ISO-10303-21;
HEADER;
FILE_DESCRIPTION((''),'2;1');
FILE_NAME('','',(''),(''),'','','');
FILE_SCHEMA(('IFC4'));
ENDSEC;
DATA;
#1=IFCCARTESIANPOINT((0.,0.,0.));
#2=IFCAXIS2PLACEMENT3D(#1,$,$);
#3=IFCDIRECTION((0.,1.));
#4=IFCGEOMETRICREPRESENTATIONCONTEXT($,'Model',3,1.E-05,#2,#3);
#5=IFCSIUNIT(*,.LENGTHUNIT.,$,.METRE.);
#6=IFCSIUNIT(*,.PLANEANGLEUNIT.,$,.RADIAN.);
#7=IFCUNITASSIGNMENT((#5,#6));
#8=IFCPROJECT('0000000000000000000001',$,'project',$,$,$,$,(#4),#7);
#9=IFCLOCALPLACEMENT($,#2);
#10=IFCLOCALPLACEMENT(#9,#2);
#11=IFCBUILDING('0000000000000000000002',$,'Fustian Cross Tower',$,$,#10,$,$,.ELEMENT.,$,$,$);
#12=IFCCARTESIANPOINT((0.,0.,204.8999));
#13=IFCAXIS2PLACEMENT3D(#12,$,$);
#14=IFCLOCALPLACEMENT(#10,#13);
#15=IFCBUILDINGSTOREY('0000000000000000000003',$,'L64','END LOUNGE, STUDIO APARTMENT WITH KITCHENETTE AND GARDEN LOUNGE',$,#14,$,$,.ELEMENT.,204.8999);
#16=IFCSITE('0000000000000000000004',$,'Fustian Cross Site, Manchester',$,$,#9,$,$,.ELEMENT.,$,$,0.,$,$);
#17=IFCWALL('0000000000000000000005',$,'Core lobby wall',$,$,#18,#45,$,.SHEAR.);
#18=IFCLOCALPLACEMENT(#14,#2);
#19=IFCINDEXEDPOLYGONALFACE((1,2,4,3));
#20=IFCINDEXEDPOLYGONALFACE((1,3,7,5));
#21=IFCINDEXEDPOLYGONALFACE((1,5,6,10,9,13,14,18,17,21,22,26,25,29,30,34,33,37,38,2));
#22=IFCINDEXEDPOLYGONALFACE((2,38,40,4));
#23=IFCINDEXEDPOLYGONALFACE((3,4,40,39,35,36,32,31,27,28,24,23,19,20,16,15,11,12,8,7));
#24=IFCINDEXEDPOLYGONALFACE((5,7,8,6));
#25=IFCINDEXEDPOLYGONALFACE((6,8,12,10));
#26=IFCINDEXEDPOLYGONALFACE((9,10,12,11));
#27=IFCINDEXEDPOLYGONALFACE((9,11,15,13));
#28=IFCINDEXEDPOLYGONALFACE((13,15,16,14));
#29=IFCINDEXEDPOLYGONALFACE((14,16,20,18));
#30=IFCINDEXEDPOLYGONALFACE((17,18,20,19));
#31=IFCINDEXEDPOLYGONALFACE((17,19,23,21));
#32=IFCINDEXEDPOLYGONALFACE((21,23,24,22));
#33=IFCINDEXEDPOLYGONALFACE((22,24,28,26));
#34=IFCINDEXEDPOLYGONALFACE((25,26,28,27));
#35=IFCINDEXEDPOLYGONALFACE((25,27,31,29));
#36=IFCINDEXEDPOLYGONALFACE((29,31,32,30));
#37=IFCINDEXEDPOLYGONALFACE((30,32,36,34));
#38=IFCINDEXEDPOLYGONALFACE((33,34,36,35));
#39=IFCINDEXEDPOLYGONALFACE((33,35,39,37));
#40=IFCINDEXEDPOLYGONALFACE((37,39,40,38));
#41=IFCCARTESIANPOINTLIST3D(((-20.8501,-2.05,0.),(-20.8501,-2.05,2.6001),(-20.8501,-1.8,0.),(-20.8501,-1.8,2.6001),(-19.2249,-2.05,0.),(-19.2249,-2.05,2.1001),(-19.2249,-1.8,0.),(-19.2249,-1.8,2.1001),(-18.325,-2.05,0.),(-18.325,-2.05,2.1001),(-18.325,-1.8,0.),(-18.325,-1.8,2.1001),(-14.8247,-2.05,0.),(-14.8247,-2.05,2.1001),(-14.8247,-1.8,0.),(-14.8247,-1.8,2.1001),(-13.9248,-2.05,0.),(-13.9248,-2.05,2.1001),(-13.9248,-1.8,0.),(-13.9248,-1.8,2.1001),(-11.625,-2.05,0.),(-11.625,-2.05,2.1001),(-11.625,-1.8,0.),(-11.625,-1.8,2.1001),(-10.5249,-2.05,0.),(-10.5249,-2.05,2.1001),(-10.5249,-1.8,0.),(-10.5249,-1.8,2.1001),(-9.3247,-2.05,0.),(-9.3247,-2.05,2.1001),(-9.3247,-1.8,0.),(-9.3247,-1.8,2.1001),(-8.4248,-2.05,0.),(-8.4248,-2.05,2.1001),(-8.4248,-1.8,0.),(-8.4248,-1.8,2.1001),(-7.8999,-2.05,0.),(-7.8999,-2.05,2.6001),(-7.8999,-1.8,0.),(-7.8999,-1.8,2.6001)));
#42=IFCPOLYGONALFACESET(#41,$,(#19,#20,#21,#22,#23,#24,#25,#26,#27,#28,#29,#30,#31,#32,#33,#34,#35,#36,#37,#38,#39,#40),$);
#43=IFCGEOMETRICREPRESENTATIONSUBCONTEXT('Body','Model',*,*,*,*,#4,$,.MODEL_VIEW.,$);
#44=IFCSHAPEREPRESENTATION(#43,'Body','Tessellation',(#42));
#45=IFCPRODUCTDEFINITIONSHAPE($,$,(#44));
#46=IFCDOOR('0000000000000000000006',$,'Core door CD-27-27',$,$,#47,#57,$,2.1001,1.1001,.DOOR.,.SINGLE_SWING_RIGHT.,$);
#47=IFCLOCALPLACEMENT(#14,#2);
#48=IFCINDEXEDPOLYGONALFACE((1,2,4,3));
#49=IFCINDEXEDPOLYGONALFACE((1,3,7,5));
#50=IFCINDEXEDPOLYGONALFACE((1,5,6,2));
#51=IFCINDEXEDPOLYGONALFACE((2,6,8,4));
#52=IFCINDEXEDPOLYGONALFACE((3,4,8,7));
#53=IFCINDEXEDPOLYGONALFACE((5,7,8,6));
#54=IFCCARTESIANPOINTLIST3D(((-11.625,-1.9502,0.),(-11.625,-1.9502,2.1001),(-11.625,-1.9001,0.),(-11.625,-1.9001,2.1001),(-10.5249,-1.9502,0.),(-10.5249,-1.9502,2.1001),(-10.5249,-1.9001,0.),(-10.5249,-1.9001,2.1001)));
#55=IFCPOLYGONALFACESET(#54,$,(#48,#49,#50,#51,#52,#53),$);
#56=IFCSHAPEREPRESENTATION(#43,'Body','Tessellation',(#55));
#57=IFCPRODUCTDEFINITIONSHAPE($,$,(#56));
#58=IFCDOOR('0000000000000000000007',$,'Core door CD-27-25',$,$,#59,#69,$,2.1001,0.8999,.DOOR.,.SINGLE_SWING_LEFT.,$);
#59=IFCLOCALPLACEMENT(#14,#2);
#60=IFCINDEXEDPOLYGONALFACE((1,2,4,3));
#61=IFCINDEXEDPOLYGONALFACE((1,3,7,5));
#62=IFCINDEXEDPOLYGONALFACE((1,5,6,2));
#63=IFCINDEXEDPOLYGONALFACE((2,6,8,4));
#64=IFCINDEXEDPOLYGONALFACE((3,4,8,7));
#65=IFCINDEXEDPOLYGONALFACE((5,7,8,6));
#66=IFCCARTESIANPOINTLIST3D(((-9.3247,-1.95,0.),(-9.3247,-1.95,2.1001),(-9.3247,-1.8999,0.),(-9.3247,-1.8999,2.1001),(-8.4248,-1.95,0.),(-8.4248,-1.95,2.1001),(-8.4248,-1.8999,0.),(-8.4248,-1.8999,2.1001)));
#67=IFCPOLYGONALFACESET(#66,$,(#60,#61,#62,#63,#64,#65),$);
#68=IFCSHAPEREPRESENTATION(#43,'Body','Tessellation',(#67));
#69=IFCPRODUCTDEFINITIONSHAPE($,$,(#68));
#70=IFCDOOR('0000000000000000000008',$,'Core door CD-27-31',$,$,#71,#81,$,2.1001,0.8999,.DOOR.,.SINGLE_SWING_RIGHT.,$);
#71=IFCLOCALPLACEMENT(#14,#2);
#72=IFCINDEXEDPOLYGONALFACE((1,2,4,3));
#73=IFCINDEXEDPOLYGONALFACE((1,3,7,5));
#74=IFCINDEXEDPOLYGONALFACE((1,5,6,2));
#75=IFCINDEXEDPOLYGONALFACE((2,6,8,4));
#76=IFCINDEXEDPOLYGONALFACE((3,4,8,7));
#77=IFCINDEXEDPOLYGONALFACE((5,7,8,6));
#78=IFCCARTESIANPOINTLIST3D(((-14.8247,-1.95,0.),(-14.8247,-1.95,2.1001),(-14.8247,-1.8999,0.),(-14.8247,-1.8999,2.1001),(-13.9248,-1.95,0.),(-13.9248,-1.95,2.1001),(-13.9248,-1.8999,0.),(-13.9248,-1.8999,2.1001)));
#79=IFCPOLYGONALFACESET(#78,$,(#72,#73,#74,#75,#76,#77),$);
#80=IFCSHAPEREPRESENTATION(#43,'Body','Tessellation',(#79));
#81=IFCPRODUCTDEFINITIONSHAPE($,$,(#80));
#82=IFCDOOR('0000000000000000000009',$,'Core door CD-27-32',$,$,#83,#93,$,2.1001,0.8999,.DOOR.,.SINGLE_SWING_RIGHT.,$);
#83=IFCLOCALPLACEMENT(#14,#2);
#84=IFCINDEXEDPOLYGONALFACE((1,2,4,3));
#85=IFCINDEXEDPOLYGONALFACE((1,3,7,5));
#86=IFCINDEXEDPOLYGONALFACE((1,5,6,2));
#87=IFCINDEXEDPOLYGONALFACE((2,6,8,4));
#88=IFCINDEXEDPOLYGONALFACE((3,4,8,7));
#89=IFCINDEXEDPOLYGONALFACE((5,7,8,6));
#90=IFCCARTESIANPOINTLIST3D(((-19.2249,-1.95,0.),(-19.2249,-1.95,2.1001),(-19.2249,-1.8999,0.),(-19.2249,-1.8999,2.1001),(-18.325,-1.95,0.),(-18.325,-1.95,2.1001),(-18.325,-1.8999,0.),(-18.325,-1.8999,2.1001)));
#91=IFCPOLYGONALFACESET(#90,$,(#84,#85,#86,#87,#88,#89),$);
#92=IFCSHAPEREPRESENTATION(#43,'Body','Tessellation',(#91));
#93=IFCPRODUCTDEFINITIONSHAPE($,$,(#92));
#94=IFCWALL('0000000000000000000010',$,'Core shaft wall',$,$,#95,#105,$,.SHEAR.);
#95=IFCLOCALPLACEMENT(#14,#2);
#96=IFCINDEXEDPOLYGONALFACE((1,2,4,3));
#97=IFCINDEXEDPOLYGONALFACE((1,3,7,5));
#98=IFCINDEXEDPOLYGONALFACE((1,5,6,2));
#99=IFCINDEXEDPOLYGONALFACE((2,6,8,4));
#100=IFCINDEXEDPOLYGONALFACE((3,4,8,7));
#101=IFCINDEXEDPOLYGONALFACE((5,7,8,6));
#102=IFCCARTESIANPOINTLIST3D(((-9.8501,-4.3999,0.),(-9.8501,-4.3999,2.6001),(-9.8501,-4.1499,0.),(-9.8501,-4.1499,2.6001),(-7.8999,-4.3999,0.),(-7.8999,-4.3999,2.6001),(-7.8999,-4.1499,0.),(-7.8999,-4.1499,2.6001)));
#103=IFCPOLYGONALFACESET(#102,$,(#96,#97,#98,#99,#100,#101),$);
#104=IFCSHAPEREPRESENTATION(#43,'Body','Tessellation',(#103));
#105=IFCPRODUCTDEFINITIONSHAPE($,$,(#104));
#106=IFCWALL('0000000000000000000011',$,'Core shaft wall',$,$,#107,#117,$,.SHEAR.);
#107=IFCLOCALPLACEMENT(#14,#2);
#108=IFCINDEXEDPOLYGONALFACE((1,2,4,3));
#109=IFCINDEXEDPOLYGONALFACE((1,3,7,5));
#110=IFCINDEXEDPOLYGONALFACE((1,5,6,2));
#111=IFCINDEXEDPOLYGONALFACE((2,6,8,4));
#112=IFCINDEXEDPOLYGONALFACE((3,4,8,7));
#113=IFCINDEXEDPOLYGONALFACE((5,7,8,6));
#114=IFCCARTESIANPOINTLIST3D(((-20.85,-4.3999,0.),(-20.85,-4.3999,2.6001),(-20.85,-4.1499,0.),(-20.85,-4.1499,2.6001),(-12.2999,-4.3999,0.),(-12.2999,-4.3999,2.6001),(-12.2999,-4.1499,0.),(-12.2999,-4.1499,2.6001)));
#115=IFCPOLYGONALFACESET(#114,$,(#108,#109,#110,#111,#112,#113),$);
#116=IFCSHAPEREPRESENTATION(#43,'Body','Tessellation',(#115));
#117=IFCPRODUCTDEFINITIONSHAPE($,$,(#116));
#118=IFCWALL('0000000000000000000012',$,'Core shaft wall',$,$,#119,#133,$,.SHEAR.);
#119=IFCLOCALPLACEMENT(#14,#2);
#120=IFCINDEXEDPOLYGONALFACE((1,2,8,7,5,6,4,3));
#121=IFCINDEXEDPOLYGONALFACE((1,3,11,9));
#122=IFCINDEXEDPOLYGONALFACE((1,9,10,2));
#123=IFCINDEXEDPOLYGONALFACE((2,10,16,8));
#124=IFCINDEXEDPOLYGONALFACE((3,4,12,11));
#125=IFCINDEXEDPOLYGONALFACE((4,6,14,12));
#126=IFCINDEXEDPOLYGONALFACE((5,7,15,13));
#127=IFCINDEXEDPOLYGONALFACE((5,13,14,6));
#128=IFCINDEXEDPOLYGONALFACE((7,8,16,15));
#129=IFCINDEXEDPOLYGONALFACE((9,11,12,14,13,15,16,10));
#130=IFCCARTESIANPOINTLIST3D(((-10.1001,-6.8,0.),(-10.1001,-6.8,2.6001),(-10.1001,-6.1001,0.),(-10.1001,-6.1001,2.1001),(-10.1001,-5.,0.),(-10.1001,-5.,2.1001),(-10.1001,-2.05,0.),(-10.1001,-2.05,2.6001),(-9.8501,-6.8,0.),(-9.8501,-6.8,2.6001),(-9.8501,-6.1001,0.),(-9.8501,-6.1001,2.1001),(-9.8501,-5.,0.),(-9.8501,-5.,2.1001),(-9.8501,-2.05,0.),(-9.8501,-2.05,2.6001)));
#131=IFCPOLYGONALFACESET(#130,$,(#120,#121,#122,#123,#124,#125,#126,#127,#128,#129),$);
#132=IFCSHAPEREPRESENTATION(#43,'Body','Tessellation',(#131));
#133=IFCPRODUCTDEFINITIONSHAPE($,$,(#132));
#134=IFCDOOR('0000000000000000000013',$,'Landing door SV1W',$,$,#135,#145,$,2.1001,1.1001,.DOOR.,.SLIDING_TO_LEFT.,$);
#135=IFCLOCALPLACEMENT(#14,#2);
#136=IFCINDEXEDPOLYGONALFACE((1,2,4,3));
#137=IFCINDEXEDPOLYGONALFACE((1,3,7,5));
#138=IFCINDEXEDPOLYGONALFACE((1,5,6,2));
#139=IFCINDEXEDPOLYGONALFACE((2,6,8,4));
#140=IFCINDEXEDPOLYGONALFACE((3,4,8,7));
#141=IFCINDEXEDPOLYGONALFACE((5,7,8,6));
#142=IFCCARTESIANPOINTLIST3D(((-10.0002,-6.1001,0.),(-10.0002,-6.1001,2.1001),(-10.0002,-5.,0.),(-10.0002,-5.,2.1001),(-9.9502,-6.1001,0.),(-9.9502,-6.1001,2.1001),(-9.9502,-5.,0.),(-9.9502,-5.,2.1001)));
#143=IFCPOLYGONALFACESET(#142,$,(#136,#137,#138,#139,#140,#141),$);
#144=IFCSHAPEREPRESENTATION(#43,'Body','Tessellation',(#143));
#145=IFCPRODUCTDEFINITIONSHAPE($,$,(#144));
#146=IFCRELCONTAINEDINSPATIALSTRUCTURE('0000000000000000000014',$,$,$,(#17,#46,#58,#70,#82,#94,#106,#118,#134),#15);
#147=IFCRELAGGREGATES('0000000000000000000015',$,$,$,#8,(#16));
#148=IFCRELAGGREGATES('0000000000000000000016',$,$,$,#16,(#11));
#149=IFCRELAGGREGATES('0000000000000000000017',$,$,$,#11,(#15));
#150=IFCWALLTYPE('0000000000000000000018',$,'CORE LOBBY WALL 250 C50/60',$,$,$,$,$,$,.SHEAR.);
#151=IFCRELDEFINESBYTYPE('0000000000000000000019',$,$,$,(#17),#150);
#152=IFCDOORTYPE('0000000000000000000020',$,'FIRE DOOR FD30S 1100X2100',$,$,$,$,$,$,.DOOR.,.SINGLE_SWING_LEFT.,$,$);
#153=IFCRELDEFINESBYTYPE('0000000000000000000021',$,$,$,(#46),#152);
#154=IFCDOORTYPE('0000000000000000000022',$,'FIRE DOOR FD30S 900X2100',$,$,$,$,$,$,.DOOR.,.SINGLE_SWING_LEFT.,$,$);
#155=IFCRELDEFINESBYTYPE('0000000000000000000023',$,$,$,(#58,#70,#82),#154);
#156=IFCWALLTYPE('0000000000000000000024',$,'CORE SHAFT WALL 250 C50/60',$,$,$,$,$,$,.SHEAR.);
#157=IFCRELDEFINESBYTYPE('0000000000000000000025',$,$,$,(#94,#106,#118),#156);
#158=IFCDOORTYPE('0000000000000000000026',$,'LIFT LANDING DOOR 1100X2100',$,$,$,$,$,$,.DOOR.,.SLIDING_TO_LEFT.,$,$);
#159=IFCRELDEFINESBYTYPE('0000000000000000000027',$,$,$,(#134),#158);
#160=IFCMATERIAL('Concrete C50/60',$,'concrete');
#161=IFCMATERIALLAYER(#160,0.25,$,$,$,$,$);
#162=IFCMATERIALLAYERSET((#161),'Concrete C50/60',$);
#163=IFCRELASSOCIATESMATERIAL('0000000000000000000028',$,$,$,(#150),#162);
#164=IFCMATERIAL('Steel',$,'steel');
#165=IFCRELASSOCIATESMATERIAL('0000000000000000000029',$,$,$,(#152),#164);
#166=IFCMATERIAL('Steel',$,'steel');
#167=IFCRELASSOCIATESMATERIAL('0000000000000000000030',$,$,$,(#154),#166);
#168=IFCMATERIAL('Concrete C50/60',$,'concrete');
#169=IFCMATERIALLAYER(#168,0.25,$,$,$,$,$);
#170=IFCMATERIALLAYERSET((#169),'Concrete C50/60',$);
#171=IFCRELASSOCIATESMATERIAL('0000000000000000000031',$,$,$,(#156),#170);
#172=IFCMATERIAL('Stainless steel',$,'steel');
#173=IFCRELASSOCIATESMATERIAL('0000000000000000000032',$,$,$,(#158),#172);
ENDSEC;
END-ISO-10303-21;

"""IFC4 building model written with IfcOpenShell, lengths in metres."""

from ifc_helpers import new_model, si_unit, direction, frame, frame_2d, origin, place, context, subcontext, project, spatial, rectangle, extrude, material, layer, layer_set, type_object, element, fill, save


model = new_model("IFC4")

# Units and contexts
model_context = context("Model", 3, precision=1e-05, world=origin(), true_north=direction((0.0, 1.0)))
body_context = subcontext(model_context, "Body", "Model", "MODEL_VIEW")
ifc_project = project(units=[si_unit("LENGTHUNIT", "METRE"), si_unit("PLANEANGLEUNIT", "RADIAN")], contexts=[model_context])

# Site, building, storey
site_placement = place(None, origin())
site = spatial("IfcSite", under=ifc_project, at=site_placement, Name="Fustian Cross Site, Manchester", CompositionType="ELEMENT", RefElevation=0.0)
building_placement = place(site_placement, origin())
building = spatial("IfcBuilding", under=site, at=building_placement, Name="Fustian Cross Tower", CompositionType="ELEMENT")
storey_placement = place(building_placement, frame((0.0, 0.0, 204.8999)))
storey = spatial("IfcBuildingStorey", under=building, at=storey_placement, Name="L64", Description="END LOUNGE, STUDIO APARTMENT WITH KITCHENETTE AND GARDEN LOUNGE", CompositionType="ELEMENT", Elevation=204.8999)

# Wall, openings, doors
ifc_material_1 = material(Name="Concrete C50/60", Category="concrete")
ifc_layer_1 = layer(ifc_material_1, 0.25)
ifc_layer_set_1 = layer_set([ifc_layer_1], Name="Concrete C50/60")
wall_type_1 = type_object("IfcWallType", Name="CORE LOBBY WALL 250 C50/60", PredefinedType="SHEAR", material=ifc_layer_set_1)
wall_1_placement = place(storey_placement, frame((-7.8999, -1.925, 0.0), z_axis=(0.0, 0.0, 1.0), x_axis=(-1.0, 0.0, 0.0)))
wall_1 = element("IfcWall", 1, at=wall_1_placement, inside=storey, type_object=wall_type_1, Name="Core lobby wall", PredefinedType="SHEAR", context=body_context, shape_type="SweptSolid", body=[
    extrude(rectangle(XDim=12.9502, YDim=0.25, at=frame_2d((6.4751, 0.0))), origin(), (0.0, 0.0, 1.0), 2.6001),
])
opening_1_placement = place(wall_1_placement, frame((0.5249, 0.0, 0.0)))
opening_1 = element("IfcOpeningElement", 2, at=opening_1_placement, cuts=wall_1, PredefinedType="OPENING", context=body_context, shape_type="SweptSolid", body=[
    extrude(rectangle(XDim=0.8999, YDim=2.1001, at=frame_2d((0.45, 1.05))), frame((0.0, 0.135, 0.0), z_axis=(0.0, -1.0, 0.0), x_axis=(1.0, 0.0, 0.0)), (0.0, 0.0, 1.0), 0.27),
])
opening_2_placement = place(wall_1_placement, frame((2.625, 0.0, 0.0)))
opening_2 = element("IfcOpeningElement", 3, at=opening_2_placement, cuts=wall_1, PredefinedType="OPENING", context=body_context, shape_type="SweptSolid", body=[
    extrude(rectangle(XDim=1.1001, YDim=2.1001, at=frame_2d((0.55, 1.05))), frame((0.0, 0.135, 0.0), z_axis=(0.0, -1.0, 0.0), x_axis=(1.0, 0.0, 0.0)), (0.0, 0.0, 1.0), 0.27),
])
opening_3_placement = place(wall_1_placement, frame((6.0249, 0.0, 0.0)))
opening_3 = element("IfcOpeningElement", 4, at=opening_3_placement, cuts=wall_1, PredefinedType="OPENING", context=body_context, shape_type="SweptSolid", body=[
    extrude(rectangle(XDim=0.8999, YDim=2.1001, at=frame_2d((0.45, 1.05))), frame((0.0, 0.135, 0.0), z_axis=(0.0, -1.0, 0.0), x_axis=(1.0, 0.0, 0.0)), (0.0, 0.0, 1.0), 0.27),
])
opening_4_placement = place(wall_1_placement, frame((10.425, 0.0, 0.0)))
opening_4 = element("IfcOpeningElement", 5, at=opening_4_placement, cuts=wall_1, PredefinedType="OPENING", context=body_context, shape_type="SweptSolid", body=[
    extrude(rectangle(XDim=0.8999, YDim=2.1001, at=frame_2d((0.45, 1.05))), frame((0.0, 0.135, 0.0), z_axis=(0.0, -1.0, 0.0), x_axis=(1.0, 0.0, 0.0)), (0.0, 0.0, 1.0), 0.27),
])
ifc_material_2 = material(Name="Steel", Category="steel")
door_type_1 = type_object("IfcDoorType", Name="FIRE DOOR FD30S 1100X2100", OperationType="SINGLE_SWING_LEFT", PredefinedType="DOOR", material=ifc_material_2)
door_1_placement = place(opening_2_placement, frame((1.1001, 0.0, 0.0), z_axis=(0.0, 0.0, 1.0), x_axis=(-1.0, 0.0, 0.0)))
door_1 = element("IfcDoor", 6, at=door_1_placement, inside=storey, type_object=door_type_1, Name="Core door CD-27-27", OperationType="SINGLE_SWING_RIGHT", OverallHeight=2.1001, OverallWidth=1.1001, PredefinedType="DOOR", context=body_context, shape_type="SweptSolid", body=[
    extrude(rectangle(XDim=1.1001, YDim=2.1001, at=frame_2d((0.55, 1.05))), frame((0.0, 0.0249, 0.0), z_axis=(0.0, -1.0, 0.0), x_axis=(1.0, 0.0, 0.0)), (0.0, 0.0, 1.0), 0.05),
])
fill(opening_2, door_1)
ifc_material_3 = material(Name="Steel", Category="steel")
door_type_2 = type_object("IfcDoorType", Name="FIRE DOOR FD30S 900X2100", OperationType="SINGLE_SWING_LEFT", PredefinedType="DOOR", material=ifc_material_3)
door_2_placement = place(opening_1_placement, origin())
door_2 = element("IfcDoor", 7, at=door_2_placement, inside=storey, type_object=door_type_2, Name="Core door CD-27-25", OperationType="SINGLE_SWING_LEFT", OverallHeight=2.1001, OverallWidth=0.8999, PredefinedType="DOOR", context=body_context, shape_type="SweptSolid", body=[
    extrude(rectangle(XDim=0.8999, YDim=2.1001, at=frame_2d((0.45, 1.05))), frame((0.0, 0.0249, 0.0), z_axis=(0.0, -1.0, 0.0), x_axis=(1.0, 0.0, 0.0)), (0.0, 0.0, 1.0), 0.05),
])
fill(opening_1, door_2)
door_3_placement = place(opening_3_placement, origin())
door_3 = element("IfcDoor", 8, at=door_3_placement, inside=storey, type_object=door_type_2, Name="Core door CD-27-31", OperationType="SINGLE_SWING_RIGHT", OverallHeight=2.1001, OverallWidth=0.8999, PredefinedType="DOOR", context=body_context, shape_type="SweptSolid", body=[
    extrude(rectangle(XDim=0.8999, YDim=2.1001, at=frame_2d((0.45, 1.05))), frame((0.0, 0.0249, 0.0), z_axis=(0.0, -1.0, 0.0), x_axis=(1.0, 0.0, 0.0)), (0.0, 0.0, 1.0), 0.05),
])
fill(opening_3, door_3)
door_4_placement = place(opening_4_placement, origin())
door_4 = element("IfcDoor", 9, at=door_4_placement, inside=storey, type_object=door_type_2, Name="Core door CD-27-32", OperationType="SINGLE_SWING_RIGHT", OverallHeight=2.1001, OverallWidth=0.8999, PredefinedType="DOOR", context=body_context, shape_type="SweptSolid", body=[
    extrude(rectangle(XDim=0.8999, YDim=2.1001, at=frame_2d((0.45, 1.05))), frame((0.0, 0.0249, 0.0), z_axis=(0.0, -1.0, 0.0), x_axis=(1.0, 0.0, 0.0)), (0.0, 0.0, 1.0), 0.05),
])
fill(opening_4, door_4)

# Walls
ifc_material_4 = material(Name="Concrete C50/60", Category="concrete")
ifc_layer_2 = layer(ifc_material_4, 0.25)
ifc_layer_set_2 = layer_set([ifc_layer_2], Name="Concrete C50/60")
wall_type_2 = type_object("IfcWallType", Name="CORE SHAFT WALL 250 C50/60", PredefinedType="SHEAR", material=ifc_layer_set_2)
wall_2_placement = place(storey_placement, frame((-7.8999, -4.2749, 0.0), z_axis=(0.0, 0.0, 1.0), x_axis=(-1.0, 0.0, 0.0)))
element("IfcWall", 10, at=wall_2_placement, inside=storey, type_object=wall_type_2, Name="Core shaft wall", PredefinedType="SHEAR", context=body_context, shape_type="SweptSolid", body=[
    extrude(rectangle(XDim=1.9502, YDim=0.25, at=frame_2d((0.9751, 0.0))), origin(), (0.0, 0.0, 1.0), 2.6001),
])
wall_3_placement = place(storey_placement, frame((-12.3, -4.2749, 0.0), z_axis=(0.0, 0.0, 1.0), x_axis=(-1.0, 0.0, 0.0)))
element("IfcWall", 11, at=wall_3_placement, inside=storey, type_object=wall_type_2, Name="Core shaft wall", PredefinedType="SHEAR", context=body_context, shape_type="SweptSolid", body=[
    extrude(rectangle(XDim=8.55, YDim=0.25, at=frame_2d((4.2749, 0.0))), origin(), (0.0, 0.0, 1.0), 2.6001),
])

# Wall, opening, door
wall_4_placement = place(storey_placement, frame((-9.9751, -2.05, 0.0), z_axis=(0.0, 0.0, 1.0), x_axis=(0.0, -1.0, 0.0)))
wall_4 = element("IfcWall", 12, at=wall_4_placement, inside=storey, type_object=wall_type_2, Name="Core shaft wall", PredefinedType="SHEAR", context=body_context, shape_type="SweptSolid", body=[
    extrude(rectangle(XDim=4.75, YDim=0.25, at=frame_2d((2.375, 0.0))), origin(), (0.0, 0.0, 1.0), 2.6001),
])
opening_5_placement = place(wall_4_placement, frame((2.95, 0.0, 0.0)))
opening_5 = element("IfcOpeningElement", 13, at=opening_5_placement, cuts=wall_4, PredefinedType="OPENING", context=body_context, shape_type="SweptSolid", body=[
    extrude(rectangle(XDim=1.1001, YDim=2.1001, at=frame_2d((0.55, 1.05))), frame((0.0, 0.135, 0.0), z_axis=(0.0, -1.0, 0.0), x_axis=(1.0, 0.0, 0.0)), (0.0, 0.0, 1.0), 0.27),
])
ifc_material_5 = material(Name="Stainless steel", Category="steel")
door_type_3 = type_object("IfcDoorType", Name="LIFT LANDING DOOR 1100X2100", OperationType="SLIDING_TO_LEFT", PredefinedType="DOOR", material=ifc_material_5)
door_5_placement = place(opening_5_placement, origin())
door_5 = element("IfcDoor", 14, at=door_5_placement, inside=storey, type_object=door_type_3, Name="Landing door SV1W", OperationType="SLIDING_TO_LEFT", OverallHeight=2.1001, OverallWidth=1.1001, PredefinedType="DOOR", context=body_context, shape_type="SweptSolid", body=[
    extrude(rectangle(XDim=1.1001, YDim=2.1001, at=frame_2d((0.55, 1.05))), frame((0.0, 0.0249, 0.0), z_axis=(0.0, -1.0, 0.0), x_axis=(1.0, 0.0, 0.0)), (0.0, 0.0, 1.0), 0.05),
])
fill(opening_5, door_5)

save(model, "model.ifc")
